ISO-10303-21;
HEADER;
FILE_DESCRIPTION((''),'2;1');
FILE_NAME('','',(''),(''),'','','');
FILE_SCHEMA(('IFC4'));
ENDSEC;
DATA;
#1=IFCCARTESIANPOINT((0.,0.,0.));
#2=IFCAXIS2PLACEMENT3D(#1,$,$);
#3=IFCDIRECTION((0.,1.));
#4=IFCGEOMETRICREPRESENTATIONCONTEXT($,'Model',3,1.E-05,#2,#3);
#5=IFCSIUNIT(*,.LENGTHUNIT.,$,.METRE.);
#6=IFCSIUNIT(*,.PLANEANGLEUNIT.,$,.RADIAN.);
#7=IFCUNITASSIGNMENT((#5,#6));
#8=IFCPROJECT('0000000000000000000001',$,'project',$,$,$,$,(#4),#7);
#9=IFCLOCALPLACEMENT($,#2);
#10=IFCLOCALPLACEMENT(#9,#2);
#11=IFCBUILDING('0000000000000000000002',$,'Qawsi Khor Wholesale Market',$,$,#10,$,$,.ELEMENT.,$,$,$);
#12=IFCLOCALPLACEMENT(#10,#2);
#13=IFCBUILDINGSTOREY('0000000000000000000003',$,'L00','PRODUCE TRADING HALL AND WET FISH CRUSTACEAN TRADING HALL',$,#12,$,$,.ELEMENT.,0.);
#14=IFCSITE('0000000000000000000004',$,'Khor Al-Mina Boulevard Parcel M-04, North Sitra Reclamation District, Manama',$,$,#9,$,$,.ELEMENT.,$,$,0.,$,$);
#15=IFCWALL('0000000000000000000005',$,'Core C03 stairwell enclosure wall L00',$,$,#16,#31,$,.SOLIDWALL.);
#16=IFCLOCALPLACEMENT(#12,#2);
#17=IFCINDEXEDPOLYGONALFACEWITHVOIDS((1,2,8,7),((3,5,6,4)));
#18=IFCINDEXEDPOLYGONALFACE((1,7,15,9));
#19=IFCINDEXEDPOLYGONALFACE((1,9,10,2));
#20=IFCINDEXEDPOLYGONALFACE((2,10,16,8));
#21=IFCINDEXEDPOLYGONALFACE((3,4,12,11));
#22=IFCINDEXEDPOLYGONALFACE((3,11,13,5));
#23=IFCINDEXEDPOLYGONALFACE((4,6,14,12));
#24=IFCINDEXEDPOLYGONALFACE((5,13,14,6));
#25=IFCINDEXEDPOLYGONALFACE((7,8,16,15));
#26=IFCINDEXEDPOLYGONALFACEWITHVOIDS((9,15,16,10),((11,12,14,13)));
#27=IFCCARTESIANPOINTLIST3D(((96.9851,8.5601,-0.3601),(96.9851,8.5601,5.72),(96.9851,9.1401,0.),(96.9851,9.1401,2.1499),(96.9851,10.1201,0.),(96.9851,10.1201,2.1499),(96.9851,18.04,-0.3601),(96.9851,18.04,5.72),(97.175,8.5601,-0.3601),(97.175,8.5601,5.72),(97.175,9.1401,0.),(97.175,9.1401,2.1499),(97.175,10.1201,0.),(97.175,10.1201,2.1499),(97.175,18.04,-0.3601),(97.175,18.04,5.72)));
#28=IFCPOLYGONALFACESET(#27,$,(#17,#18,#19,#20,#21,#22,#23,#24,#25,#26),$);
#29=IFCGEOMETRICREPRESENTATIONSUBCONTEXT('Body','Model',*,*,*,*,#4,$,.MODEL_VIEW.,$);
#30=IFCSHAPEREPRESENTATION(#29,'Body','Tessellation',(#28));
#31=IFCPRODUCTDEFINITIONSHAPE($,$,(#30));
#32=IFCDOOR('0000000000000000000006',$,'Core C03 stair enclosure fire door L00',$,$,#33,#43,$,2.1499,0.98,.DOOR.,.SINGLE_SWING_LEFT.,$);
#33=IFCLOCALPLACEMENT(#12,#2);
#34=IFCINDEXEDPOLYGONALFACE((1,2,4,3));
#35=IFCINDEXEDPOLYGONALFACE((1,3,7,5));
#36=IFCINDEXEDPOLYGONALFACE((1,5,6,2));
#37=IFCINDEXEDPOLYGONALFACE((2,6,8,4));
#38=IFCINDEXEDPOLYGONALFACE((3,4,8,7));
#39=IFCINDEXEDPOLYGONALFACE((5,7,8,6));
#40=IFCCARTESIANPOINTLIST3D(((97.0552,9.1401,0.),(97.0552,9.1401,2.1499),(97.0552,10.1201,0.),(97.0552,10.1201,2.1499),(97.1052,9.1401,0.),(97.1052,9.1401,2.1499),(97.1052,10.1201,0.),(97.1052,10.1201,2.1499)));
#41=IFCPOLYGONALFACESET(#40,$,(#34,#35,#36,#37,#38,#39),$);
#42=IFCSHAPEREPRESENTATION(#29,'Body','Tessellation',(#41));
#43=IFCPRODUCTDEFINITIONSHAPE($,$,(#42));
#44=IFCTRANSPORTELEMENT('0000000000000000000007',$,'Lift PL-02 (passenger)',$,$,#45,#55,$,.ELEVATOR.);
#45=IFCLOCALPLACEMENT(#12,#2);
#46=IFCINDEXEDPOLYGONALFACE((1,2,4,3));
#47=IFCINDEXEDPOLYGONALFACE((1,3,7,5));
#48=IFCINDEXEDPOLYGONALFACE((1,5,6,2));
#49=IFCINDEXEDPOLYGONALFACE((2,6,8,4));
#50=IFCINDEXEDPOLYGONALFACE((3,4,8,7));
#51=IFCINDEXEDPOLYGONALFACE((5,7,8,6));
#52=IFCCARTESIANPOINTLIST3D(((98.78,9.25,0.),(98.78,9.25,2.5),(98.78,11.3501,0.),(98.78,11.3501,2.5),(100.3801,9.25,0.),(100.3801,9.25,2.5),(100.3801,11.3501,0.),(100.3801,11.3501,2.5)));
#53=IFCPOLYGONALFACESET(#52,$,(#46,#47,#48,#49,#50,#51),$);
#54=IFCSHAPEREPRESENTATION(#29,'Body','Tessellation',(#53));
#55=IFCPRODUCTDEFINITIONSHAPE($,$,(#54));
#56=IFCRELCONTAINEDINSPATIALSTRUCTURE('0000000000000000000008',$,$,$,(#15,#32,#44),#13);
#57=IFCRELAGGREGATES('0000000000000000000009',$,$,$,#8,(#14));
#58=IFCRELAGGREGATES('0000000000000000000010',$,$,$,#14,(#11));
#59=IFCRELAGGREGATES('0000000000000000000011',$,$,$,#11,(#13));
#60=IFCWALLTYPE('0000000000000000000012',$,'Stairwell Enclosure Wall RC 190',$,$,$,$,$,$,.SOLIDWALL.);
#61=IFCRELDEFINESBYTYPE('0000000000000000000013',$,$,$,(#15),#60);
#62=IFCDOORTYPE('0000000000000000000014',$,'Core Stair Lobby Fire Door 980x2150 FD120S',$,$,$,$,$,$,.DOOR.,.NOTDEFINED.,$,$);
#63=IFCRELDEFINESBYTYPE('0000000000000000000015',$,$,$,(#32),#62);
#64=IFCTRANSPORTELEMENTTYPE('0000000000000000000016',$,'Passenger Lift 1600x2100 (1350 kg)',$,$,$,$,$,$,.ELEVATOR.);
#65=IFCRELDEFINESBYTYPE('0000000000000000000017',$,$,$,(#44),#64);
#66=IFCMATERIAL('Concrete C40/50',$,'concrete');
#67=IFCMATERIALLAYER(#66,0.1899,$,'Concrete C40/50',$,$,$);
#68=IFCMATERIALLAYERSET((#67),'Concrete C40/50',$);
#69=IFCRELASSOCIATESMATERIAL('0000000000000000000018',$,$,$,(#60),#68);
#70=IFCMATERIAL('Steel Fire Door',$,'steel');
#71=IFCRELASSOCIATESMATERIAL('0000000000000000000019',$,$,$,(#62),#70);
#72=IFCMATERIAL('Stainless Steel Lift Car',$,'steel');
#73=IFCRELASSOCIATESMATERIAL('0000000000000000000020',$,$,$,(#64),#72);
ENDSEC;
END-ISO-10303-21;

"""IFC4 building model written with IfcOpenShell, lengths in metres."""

from ifc_helpers import new_model, si_unit, direction, frame, frame_2d, origin, origin_2d, place, context, subcontext, project, spatial, rectangle, extrude, material, layer, layer_set, type_object, element, fill, save


model = new_model("IFC4")

# Units and contexts
model_context = context("Model", 3, precision=1e-05, world=origin(), true_north=direction((0.0, 1.0)))
body_context = subcontext(model_context, "Body", "Model", "MODEL_VIEW")
ifc_project = project(units=[si_unit("LENGTHUNIT", "METRE"), si_unit("PLANEANGLEUNIT", "RADIAN")], contexts=[model_context])

# Site, building, storey
site_placement = place(None, origin())
site = spatial("IfcSite", under=ifc_project, at=site_placement, Name="Khor Al-Mina Boulevard Parcel M-04, North Sitra Reclamation District, Manama", CompositionType="ELEMENT", RefElevation=0.0)
building_placement = place(site_placement, origin())
building = spatial("IfcBuilding", under=site, at=building_placement, Name="Qawsi Khor Wholesale Market", CompositionType="ELEMENT")
storey_placement = place(building_placement, origin())
storey = spatial("IfcBuildingStorey", under=building, at=storey_placement, Name="L00", Description="PRODUCE TRADING HALL AND WET FISH CRUSTACEAN TRADING HALL", CompositionType="ELEMENT", Elevation=0.0)

# Shared definitions
ifc_material_1 = material(Name="Concrete C40/50", Category="concrete")

# Wall, opening, door
ifc_layer_1 = layer(ifc_material_1, 0.1899, Name="Concrete C40/50")
ifc_layer_set_1 = layer_set([ifc_layer_1], Name="Concrete C40/50")
wall_type_1 = type_object("IfcWallType", Name="Stairwell Enclosure Wall RC 190", PredefinedType="SOLIDWALL", material=ifc_layer_set_1)
wall_1_placement = place(storey_placement, frame((97.0801, 8.5601, -0.3601), z_axis=(0.0, 0.0, 1.0), x_axis=(0.0, 1.0, 0.0)))
wall_1 = element("IfcWall", 1, at=wall_1_placement, inside=storey, type_object=wall_type_1, Name="Core C03 stairwell enclosure wall L00", PredefinedType="SOLIDWALL", context=body_context, shape_type="SweptSolid", body=[
    extrude(rectangle(XDim=9.48, YDim=0.1899, at=frame_2d((4.74, 0.0))), origin(), (0.0, 0.0, 1.0), 6.0801),
])
opening_1_placement = place(wall_1_placement, frame((0.5801, 0.0, 0.3601)))
opening_1 = element("IfcOpeningElement", 2, at=opening_1_placement, cuts=wall_1, PredefinedType="OPENING", context=body_context, shape_type="SweptSolid", body=[
    extrude(rectangle(XDim=0.98, YDim=2.1499, at=frame_2d((0.49, 1.075))), frame((0.0, 0.105, 0.0), z_axis=(0.0, -1.0, 0.0), x_axis=(1.0, 0.0, 0.0)), (0.0, 0.0, 1.0), 0.21),
])
ifc_material_2 = material(Name="Steel Fire Door", Category="steel")
door_type_1 = type_object("IfcDoorType", Name="Core Stair Lobby Fire Door 980x2150 FD120S", OperationType="NOTDEFINED", PredefinedType="DOOR", material=ifc_material_2)
door_1_placement = place(opening_1_placement, origin())
door_1 = element("IfcDoor", 3, at=door_1_placement, inside=storey, type_object=door_type_1, Name="Core C03 stair enclosure fire door L00", OperationType="SINGLE_SWING_LEFT", OverallHeight=2.1499, OverallWidth=0.98, PredefinedType="DOOR", context=body_context, shape_type="SweptSolid", body=[
    extrude(rectangle(XDim=0.98, YDim=2.1499, at=frame_2d((0.49, 1.075))), frame((0.0, 0.0249, 0.0), z_axis=(0.0, -1.0, 0.0), x_axis=(1.0, 0.0, 0.0)), (0.0, 0.0, 1.0), 0.05),
])
fill(opening_1, door_1)

# Transport element
ifc_material_3 = material(Name="Stainless Steel Lift Car", Category="steel")
transport_element_type = type_object("IfcTransportElementType", Name="Passenger Lift 1600x2100 (1350 kg)", PredefinedType="ELEVATOR", material=ifc_material_3)
transport_element_placement = place(storey_placement, frame((99.5801, 10.3, 0.0), z_axis=(0.0, 0.0, 1.0), x_axis=(1.0, 0.0, 0.0)))
element("IfcTransportElement", 4, at=transport_element_placement, inside=storey, type_object=transport_element_type, Name="Lift PL-02 (passenger)", PredefinedType="ELEVATOR", context=body_context, shape_type="SweptSolid", body=[
    extrude(rectangle(XDim=1.6001, YDim=2.1001, at=origin_2d()), origin(), (0.0, 0.0, 1.0), 2.5),
])

save(model, "model.ifc")
